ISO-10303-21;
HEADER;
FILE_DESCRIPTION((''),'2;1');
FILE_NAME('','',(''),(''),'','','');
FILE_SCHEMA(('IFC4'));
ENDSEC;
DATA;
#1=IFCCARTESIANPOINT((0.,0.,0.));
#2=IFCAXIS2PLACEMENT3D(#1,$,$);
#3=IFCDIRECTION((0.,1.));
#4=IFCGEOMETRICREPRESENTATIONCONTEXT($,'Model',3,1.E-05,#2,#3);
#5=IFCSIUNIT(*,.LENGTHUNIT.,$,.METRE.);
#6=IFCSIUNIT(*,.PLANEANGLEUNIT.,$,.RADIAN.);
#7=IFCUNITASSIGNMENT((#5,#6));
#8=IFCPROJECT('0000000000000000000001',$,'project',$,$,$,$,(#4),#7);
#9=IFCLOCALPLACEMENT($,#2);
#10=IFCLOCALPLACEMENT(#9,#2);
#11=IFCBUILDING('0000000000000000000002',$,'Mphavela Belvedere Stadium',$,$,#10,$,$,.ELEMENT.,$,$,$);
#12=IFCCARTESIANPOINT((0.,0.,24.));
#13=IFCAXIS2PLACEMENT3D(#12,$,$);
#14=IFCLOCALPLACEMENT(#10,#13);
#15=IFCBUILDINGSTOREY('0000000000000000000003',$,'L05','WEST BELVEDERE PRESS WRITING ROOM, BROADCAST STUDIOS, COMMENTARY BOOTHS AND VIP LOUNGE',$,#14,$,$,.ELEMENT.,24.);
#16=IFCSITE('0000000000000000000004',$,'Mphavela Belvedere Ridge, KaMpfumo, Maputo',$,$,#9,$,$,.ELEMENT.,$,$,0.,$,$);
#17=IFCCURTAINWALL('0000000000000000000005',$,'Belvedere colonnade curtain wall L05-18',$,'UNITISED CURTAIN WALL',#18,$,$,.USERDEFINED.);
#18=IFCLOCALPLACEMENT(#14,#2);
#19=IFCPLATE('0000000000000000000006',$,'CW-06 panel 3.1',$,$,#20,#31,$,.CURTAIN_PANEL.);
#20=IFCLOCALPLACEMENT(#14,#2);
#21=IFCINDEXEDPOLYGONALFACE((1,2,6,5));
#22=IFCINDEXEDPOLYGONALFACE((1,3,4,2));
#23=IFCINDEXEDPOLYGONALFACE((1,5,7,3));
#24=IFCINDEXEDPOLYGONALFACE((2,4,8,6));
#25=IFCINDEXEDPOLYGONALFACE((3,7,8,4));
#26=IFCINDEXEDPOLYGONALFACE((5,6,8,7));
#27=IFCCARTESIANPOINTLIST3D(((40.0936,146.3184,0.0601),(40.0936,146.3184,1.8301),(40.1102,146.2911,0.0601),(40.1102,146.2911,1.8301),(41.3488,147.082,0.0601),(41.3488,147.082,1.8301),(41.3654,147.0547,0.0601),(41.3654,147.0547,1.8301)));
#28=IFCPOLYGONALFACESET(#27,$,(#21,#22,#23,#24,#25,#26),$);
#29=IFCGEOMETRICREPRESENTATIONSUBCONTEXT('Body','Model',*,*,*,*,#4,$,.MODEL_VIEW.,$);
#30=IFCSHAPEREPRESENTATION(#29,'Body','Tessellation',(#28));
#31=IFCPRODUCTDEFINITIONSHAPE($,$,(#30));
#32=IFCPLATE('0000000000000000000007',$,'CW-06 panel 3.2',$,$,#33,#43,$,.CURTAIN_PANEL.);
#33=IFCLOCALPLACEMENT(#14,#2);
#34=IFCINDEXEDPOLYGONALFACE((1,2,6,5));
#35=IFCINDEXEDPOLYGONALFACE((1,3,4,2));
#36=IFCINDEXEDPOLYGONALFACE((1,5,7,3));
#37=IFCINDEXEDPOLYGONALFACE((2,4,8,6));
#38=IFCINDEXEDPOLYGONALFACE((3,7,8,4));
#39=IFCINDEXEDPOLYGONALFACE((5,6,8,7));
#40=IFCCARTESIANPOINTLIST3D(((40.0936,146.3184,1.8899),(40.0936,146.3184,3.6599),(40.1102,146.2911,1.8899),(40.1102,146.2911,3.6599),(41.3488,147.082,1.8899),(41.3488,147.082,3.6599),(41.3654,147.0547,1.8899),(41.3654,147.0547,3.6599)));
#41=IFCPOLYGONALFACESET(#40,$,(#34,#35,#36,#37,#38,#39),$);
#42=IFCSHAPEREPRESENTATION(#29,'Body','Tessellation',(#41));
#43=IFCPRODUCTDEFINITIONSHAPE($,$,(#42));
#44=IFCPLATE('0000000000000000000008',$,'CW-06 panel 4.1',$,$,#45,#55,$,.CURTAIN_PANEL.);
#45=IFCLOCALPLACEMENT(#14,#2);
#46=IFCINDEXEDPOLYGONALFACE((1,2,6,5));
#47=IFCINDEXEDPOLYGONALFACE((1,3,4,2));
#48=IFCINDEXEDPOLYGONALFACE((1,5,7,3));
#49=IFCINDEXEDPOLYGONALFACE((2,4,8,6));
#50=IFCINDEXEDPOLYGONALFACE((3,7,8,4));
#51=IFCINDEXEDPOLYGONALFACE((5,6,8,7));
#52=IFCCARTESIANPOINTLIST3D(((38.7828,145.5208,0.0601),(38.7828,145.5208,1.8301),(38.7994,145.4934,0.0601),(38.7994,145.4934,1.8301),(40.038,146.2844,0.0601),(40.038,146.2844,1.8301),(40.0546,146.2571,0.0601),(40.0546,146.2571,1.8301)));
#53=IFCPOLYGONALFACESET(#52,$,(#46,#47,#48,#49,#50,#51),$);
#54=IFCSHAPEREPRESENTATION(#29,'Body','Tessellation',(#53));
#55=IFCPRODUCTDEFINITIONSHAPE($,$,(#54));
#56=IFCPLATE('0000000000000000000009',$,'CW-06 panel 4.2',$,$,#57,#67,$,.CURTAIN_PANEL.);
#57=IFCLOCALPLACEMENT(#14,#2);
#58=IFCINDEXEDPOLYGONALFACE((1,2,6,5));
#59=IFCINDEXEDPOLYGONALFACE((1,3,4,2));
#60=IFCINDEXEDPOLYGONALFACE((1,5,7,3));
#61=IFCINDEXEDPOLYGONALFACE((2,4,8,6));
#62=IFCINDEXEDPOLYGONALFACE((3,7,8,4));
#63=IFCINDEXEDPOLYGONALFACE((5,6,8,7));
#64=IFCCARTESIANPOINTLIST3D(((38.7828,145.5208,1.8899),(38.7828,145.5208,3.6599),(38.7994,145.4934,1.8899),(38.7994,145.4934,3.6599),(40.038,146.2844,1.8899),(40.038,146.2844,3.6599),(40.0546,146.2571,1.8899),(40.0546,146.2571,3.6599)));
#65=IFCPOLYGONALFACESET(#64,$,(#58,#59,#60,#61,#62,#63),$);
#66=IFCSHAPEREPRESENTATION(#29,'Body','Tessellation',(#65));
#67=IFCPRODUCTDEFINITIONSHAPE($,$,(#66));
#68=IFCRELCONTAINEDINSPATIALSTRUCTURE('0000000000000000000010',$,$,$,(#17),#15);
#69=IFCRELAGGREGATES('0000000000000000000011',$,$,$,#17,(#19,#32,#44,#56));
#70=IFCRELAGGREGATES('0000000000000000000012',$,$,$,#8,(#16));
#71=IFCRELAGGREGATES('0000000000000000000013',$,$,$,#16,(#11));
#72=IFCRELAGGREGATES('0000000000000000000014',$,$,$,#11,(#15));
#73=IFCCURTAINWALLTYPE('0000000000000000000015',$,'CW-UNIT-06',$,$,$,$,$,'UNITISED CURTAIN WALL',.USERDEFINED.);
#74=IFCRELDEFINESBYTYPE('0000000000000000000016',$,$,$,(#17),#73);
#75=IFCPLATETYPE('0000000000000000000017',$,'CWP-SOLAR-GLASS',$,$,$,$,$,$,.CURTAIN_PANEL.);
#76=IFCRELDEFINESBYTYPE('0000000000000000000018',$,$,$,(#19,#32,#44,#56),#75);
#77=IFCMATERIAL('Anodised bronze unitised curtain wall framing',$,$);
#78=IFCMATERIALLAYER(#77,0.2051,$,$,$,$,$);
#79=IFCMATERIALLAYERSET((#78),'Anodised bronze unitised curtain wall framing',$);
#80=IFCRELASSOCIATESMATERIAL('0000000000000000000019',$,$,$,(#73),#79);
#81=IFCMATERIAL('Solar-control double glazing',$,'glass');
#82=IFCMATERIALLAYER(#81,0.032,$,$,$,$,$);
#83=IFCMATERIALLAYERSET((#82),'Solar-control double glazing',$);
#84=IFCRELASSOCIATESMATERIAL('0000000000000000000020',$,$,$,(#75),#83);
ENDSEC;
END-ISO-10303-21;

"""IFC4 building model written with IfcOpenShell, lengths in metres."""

from ifc_helpers import new_model, si_unit, direction, frame, origin, origin_2d, place, context, subcontext, project, spatial, rectangle, extrude, material, layer, layer_set, type_object, element, aggregate, save


model = new_model("IFC4")

# Units and contexts
model_context = context("Model", 3, precision=1e-05, world=origin(), true_north=direction((0.0, 1.0)))
body_context = subcontext(model_context, "Body", "Model", "MODEL_VIEW")
ifc_project = project(units=[si_unit("LENGTHUNIT", "METRE"), si_unit("PLANEANGLEUNIT", "RADIAN")], contexts=[model_context])

# Site, building, storey
site_placement = place(None, origin())
site = spatial("IfcSite", under=ifc_project, at=site_placement, Name="Mphavela Belvedere Ridge, KaMpfumo, Maputo", CompositionType="ELEMENT", RefElevation=0.0)
building_placement = place(site_placement, origin())
building = spatial("IfcBuilding", under=site, at=building_placement, Name="Mphavela Belvedere Stadium", CompositionType="ELEMENT")
storey_placement = place(building_placement, frame((0.0, 0.0, 24.0)))
storey = spatial("IfcBuildingStorey", under=building, at=storey_placement, Name="L05", Description="WEST BELVEDERE PRESS WRITING ROOM, BROADCAST STUDIOS, COMMENTARY BOOTHS AND VIP LOUNGE", CompositionType="ELEMENT", Elevation=24.0)

# Curtain wall
ifc_material_1 = material(Name="Anodised bronze unitised curtain wall framing")
ifc_layer_1 = layer(ifc_material_1, 0.2051)
ifc_layer_set_1 = layer_set([ifc_layer_1], Name="Anodised bronze unitised curtain wall framing")
curtain_wall_type_1 = type_object("IfcCurtainWallType", Name="CW-UNIT-06", ElementType="UNITISED CURTAIN WALL", PredefinedType="USERDEFINED", material=ifc_layer_set_1)
curtain_wall_1_placement = place(storey_placement, origin())
curtain_wall_1 = element("IfcCurtainWall", 1, at=curtain_wall_1_placement, inside=storey, type_object=curtain_wall_type_1, Name="Belvedere colonnade curtain wall L05-18", ObjectType="UNITISED CURTAIN WALL", PredefinedType="USERDEFINED")

# Plates
ifc_material_2 = material(Name="Solar-control double glazing", Category="glass")
ifc_layer_2 = layer(ifc_material_2, 0.032)
ifc_layer_set_2 = layer_set([ifc_layer_2], Name="Solar-control double glazing")
plate_type = type_object("IfcPlateType", Name="CWP-SOLAR-GLASS", PredefinedType="CURTAIN_PANEL", material=ifc_layer_set_2)
plate_1_placement = place(storey_placement, frame((40.7295, 146.6865, 0.0601), z_axis=(0.0, 0.0, 1.0), x_axis=(-0.854327, -0.519735, 0.0)))
plate_1 = element("IfcPlate", 2, at=plate_1_placement, type_object=plate_type, Name="CW-06 panel 3.1", PredefinedType="CURTAIN_PANEL", context=body_context, shape_type="SweptSolid", body=[
    extrude(rectangle(XDim=1.4692, YDim=0.032, at=origin_2d()), origin(), (0.0, 0.0, 1.0), 1.77),
])
plate_2_placement = place(storey_placement, frame((40.7295, 146.6865, 1.8899), z_axis=(0.0, 0.0, 1.0), x_axis=(-0.854327, -0.519735, 0.0)))
plate_2 = element("IfcPlate", 3, at=plate_2_placement, type_object=plate_type, Name="CW-06 panel 3.2", PredefinedType="CURTAIN_PANEL", context=body_context, shape_type="SweptSolid", body=[
    extrude(rectangle(XDim=1.4692, YDim=0.032, at=origin_2d()), origin(), (0.0, 0.0, 1.0), 1.77),
])
plate_3_placement = place(storey_placement, frame((39.4187, 145.8889, 0.0601), z_axis=(0.0, 0.0, 1.0), x_axis=(-0.854327, -0.519735, 0.0)))
plate_3 = element("IfcPlate", 4, at=plate_3_placement, type_object=plate_type, Name="CW-06 panel 4.1", PredefinedType="CURTAIN_PANEL", context=body_context, shape_type="SweptSolid", body=[
    extrude(rectangle(XDim=1.4692, YDim=0.032, at=origin_2d()), origin(), (0.0, 0.0, 1.0), 1.77),
])
plate_4_placement = place(storey_placement, frame((39.4187, 145.8889, 1.8899), z_axis=(0.0, 0.0, 1.0), x_axis=(-0.854327, -0.519735, 0.0)))
plate_4 = element("IfcPlate", 5, at=plate_4_placement, type_object=plate_type, Name="CW-06 panel 4.2", PredefinedType="CURTAIN_PANEL", context=body_context, shape_type="SweptSolid", body=[
    extrude(rectangle(XDim=1.4692, YDim=0.032, at=origin_2d()), origin(), (0.0, 0.0, 1.0), 1.77),
])
aggregate(curtain_wall_1, [plate_1, plate_2, plate_3, plate_4])

save(model, "model.ifc")
